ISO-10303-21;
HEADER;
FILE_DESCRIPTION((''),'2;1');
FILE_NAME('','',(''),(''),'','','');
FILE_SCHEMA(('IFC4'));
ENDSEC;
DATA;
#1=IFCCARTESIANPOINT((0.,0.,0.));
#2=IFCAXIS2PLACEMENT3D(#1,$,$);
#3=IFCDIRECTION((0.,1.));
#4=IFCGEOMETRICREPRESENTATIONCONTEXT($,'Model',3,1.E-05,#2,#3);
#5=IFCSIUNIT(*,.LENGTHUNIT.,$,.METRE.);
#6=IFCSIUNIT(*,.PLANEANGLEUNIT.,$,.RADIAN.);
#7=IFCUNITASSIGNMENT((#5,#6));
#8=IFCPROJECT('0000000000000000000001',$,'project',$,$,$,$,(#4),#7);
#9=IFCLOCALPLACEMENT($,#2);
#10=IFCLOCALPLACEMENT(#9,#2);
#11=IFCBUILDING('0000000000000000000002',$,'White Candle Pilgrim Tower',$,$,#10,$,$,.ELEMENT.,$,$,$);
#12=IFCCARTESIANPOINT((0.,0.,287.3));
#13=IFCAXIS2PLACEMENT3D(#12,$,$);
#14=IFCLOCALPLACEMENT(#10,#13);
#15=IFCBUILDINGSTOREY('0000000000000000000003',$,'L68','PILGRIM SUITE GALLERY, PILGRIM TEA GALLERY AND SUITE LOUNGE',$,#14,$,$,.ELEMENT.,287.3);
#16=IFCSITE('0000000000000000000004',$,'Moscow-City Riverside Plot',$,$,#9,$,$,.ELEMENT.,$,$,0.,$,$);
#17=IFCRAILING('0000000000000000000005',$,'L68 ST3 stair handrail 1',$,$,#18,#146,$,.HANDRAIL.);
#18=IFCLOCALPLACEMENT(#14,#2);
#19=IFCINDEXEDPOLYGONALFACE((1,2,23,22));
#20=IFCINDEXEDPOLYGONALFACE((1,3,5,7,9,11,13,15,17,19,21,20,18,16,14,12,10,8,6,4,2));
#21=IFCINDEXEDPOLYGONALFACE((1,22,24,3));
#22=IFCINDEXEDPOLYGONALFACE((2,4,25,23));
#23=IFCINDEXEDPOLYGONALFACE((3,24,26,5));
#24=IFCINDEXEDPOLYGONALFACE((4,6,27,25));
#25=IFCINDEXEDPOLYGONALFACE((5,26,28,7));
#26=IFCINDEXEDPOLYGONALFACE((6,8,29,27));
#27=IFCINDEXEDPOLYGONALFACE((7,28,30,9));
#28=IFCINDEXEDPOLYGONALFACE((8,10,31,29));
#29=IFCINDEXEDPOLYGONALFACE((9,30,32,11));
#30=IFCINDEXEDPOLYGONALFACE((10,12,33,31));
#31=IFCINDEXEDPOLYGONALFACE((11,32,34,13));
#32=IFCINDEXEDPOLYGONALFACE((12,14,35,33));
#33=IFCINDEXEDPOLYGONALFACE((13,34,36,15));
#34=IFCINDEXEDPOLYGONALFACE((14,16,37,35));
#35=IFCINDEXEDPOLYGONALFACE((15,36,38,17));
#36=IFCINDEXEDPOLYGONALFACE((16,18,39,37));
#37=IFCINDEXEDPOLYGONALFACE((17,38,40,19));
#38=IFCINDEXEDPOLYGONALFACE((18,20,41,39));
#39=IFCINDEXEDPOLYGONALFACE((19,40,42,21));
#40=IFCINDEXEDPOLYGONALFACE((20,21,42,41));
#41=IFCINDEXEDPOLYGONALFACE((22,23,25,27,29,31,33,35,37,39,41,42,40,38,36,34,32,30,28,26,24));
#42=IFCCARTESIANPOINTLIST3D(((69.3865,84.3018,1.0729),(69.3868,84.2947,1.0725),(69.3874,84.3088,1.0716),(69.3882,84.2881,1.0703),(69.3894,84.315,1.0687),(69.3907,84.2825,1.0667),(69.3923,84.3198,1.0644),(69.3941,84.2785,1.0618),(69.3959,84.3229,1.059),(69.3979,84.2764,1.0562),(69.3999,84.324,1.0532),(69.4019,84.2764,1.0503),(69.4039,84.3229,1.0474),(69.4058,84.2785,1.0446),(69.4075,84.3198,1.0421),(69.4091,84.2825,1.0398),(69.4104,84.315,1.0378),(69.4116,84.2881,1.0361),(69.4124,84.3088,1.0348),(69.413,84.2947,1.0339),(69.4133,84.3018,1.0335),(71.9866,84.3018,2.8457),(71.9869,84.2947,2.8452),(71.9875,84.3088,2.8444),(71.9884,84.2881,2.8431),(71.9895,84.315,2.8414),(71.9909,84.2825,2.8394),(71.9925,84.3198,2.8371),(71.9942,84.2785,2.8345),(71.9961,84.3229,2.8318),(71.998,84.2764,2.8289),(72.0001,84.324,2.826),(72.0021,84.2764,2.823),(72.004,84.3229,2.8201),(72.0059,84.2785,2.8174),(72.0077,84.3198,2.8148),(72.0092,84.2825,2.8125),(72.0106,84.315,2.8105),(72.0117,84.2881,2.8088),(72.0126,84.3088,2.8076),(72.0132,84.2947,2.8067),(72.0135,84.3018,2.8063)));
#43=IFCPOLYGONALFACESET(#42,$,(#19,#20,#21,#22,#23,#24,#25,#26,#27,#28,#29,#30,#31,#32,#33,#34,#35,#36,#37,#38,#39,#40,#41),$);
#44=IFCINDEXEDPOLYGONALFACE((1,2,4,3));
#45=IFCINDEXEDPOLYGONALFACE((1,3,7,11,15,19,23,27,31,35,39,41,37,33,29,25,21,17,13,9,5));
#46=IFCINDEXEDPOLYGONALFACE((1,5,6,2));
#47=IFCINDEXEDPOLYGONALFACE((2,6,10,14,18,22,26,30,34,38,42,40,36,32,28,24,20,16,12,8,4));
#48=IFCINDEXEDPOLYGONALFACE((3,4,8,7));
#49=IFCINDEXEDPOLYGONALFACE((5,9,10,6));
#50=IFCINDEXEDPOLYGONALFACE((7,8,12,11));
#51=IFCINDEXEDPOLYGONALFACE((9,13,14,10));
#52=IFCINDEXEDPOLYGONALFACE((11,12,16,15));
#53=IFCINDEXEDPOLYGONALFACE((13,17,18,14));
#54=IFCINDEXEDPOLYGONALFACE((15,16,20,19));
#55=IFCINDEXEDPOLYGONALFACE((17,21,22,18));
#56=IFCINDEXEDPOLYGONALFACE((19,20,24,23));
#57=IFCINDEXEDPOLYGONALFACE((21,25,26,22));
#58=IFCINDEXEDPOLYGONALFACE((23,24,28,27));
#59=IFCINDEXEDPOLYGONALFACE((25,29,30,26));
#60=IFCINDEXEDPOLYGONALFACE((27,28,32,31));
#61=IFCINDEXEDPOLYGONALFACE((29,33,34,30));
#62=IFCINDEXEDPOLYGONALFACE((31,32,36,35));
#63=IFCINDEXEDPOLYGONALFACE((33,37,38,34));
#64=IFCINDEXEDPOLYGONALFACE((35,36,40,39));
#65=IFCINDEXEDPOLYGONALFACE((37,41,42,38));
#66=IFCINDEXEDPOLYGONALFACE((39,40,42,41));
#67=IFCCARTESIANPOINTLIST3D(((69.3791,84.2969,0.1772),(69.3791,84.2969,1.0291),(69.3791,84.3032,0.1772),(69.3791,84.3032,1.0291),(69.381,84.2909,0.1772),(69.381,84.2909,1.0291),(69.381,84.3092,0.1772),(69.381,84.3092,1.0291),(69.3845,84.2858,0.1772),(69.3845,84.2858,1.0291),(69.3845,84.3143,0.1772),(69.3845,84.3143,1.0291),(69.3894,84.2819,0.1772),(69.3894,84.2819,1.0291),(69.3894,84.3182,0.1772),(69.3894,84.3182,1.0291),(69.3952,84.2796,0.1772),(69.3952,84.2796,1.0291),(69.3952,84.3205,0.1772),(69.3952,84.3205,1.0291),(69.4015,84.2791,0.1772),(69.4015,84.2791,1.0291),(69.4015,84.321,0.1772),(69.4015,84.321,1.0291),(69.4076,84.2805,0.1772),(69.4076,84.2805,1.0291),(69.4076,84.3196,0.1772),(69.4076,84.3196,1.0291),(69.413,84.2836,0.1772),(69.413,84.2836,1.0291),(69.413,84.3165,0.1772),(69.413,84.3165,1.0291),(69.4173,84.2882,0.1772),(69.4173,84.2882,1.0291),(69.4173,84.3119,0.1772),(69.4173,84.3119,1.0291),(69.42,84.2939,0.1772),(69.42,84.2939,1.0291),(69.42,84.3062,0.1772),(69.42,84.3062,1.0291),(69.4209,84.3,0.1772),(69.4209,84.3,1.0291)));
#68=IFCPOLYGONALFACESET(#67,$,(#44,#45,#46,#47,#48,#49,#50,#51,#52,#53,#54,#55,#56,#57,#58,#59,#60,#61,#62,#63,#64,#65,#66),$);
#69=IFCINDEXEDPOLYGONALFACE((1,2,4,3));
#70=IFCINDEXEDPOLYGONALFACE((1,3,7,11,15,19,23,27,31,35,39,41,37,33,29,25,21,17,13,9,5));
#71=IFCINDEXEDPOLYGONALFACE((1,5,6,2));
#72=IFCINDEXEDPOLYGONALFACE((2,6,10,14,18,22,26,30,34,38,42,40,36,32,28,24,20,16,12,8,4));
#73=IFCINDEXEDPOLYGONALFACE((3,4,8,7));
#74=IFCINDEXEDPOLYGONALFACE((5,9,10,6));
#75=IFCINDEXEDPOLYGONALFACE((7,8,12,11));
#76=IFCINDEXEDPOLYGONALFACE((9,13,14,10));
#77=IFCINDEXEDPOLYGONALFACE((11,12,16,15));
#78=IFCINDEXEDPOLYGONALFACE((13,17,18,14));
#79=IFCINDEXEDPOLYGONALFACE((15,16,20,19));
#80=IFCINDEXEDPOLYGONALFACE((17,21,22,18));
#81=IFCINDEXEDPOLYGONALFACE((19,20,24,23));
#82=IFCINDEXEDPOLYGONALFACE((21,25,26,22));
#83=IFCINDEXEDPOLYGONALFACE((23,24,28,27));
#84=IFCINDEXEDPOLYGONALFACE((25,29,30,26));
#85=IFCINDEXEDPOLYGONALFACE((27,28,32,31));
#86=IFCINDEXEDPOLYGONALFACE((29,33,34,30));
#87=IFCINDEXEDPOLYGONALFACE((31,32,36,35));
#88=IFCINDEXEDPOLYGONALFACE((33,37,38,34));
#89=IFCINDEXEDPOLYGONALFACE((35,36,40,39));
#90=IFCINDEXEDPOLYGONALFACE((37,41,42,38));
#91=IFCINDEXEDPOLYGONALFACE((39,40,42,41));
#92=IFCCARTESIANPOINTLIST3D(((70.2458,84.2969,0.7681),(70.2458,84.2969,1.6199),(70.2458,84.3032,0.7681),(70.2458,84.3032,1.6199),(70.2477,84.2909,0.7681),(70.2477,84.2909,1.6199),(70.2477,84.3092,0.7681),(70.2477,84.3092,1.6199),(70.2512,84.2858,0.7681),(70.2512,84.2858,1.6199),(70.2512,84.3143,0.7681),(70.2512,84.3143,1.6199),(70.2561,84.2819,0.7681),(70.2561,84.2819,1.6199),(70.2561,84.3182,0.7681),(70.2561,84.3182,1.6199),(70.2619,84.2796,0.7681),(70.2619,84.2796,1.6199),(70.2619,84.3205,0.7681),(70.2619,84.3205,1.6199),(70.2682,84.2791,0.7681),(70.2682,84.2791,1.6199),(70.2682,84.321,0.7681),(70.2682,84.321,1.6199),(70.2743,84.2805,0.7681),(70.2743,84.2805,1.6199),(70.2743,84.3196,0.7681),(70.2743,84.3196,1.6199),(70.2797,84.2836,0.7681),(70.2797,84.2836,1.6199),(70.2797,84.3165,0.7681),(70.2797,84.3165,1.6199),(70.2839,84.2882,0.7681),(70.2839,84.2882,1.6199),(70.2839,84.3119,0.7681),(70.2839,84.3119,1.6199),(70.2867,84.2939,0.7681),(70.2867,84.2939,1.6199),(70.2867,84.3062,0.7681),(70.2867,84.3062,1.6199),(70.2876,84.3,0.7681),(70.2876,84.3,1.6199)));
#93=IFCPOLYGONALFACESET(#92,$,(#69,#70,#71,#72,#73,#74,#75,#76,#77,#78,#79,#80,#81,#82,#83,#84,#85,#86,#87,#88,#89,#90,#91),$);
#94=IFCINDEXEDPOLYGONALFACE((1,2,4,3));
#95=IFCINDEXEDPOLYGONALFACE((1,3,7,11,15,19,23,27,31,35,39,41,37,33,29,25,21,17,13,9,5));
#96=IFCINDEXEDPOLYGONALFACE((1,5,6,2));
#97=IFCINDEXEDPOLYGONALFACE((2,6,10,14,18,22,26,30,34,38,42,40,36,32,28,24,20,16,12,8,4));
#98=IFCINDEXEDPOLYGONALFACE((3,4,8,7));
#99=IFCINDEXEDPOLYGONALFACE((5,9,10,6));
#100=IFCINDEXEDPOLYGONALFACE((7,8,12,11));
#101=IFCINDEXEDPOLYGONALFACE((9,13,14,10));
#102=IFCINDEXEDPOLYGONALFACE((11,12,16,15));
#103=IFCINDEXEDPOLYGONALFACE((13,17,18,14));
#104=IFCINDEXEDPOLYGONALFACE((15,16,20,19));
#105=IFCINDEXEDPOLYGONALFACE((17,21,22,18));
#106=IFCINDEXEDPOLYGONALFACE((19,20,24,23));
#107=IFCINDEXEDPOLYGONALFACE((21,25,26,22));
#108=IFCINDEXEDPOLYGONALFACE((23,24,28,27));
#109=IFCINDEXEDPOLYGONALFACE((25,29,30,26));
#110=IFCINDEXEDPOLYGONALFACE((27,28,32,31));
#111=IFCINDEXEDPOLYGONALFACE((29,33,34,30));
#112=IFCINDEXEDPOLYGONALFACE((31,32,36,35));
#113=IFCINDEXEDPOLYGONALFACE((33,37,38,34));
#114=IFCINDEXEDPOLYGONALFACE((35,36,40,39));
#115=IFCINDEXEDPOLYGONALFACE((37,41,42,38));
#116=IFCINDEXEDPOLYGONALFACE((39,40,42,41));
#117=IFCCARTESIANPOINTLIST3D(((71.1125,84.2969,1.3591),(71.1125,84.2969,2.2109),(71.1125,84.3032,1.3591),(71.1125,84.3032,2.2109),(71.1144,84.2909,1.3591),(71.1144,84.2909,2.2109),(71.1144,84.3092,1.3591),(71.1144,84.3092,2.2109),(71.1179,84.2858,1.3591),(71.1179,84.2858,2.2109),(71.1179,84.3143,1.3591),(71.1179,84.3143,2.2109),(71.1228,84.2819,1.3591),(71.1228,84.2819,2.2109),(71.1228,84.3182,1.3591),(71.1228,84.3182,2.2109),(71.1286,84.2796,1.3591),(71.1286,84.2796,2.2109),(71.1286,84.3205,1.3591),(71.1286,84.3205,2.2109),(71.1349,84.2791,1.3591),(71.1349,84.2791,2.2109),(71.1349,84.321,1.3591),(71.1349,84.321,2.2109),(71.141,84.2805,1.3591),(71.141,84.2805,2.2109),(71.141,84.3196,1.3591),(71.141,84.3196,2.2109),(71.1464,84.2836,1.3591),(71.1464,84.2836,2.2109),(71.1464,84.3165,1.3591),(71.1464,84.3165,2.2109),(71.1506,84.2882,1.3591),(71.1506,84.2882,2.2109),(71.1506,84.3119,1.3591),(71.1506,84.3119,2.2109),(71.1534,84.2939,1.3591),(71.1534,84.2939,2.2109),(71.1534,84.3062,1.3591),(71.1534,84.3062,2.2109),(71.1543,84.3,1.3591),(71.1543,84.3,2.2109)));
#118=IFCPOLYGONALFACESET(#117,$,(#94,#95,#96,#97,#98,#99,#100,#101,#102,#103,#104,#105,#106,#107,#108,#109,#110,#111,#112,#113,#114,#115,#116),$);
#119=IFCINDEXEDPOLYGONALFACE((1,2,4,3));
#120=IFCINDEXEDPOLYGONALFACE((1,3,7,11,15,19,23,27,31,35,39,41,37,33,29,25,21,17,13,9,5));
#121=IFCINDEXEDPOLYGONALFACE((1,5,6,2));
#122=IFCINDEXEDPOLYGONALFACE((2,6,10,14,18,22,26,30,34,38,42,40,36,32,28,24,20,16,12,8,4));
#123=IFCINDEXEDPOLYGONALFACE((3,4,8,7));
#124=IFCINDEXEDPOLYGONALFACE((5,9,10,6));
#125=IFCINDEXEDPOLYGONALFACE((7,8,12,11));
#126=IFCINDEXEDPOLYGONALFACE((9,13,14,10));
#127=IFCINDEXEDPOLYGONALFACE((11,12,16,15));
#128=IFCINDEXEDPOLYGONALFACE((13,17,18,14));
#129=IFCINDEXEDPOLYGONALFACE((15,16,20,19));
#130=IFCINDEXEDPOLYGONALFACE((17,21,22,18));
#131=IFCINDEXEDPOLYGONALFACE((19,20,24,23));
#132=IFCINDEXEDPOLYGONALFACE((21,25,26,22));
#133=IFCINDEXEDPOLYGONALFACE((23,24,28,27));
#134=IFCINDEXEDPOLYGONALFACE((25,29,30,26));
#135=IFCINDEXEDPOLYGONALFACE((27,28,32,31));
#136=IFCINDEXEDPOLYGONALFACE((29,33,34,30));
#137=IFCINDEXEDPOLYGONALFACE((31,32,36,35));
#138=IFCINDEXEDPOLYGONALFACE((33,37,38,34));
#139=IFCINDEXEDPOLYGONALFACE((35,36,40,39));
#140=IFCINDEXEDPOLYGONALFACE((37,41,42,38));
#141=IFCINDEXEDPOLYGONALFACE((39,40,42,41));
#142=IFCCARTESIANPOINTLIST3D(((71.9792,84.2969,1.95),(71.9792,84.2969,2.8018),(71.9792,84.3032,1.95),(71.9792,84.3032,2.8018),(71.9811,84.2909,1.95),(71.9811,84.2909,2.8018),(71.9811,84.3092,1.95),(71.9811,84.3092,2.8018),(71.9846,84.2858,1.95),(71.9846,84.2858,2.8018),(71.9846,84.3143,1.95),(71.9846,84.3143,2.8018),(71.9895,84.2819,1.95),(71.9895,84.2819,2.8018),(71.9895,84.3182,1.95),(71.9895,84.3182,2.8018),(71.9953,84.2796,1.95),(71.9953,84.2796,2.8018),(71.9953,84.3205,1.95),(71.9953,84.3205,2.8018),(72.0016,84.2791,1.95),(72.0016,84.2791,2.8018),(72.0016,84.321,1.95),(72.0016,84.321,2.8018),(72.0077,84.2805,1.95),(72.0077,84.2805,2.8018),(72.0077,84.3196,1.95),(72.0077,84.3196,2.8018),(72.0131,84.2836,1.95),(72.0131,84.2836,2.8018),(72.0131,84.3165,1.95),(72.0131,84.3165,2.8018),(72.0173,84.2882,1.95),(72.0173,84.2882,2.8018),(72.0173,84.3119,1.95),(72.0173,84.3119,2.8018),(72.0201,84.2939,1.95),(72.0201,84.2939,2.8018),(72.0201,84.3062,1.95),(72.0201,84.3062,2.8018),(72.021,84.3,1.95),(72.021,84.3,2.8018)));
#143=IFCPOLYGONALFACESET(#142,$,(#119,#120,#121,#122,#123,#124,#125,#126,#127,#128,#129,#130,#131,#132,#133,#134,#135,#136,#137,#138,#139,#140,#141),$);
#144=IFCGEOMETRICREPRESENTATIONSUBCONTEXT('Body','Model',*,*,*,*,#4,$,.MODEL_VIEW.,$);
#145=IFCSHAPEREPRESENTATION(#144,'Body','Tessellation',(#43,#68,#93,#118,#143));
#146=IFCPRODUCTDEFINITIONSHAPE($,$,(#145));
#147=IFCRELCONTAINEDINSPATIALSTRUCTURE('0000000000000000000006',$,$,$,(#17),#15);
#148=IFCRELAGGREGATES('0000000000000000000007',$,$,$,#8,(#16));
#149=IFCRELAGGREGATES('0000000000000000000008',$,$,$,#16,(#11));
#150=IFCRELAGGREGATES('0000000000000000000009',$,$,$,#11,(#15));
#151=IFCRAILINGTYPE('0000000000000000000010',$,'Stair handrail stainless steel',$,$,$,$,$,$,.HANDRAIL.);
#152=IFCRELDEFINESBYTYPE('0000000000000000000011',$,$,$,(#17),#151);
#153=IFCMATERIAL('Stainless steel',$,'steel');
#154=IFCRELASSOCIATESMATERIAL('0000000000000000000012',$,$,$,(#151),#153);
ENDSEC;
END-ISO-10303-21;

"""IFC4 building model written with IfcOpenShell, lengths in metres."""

from ifc_helpers import new_model, si_unit, direction, frame, origin, origin_2d, place, context, subcontext, project, spatial, circle, extrude, material, type_object, element, save


model = new_model("IFC4")

# Units and contexts
model_context = context("Model", 3, precision=1e-05, world=origin(), true_north=direction((0.0, 1.0)))
body_context = subcontext(model_context, "Body", "Model", "MODEL_VIEW")
ifc_project = project(units=[si_unit("LENGTHUNIT", "METRE"), si_unit("PLANEANGLEUNIT", "RADIAN")], contexts=[model_context])

# Site, building, storey
site_placement = place(None, origin())
site = spatial("IfcSite", under=ifc_project, at=site_placement, Name="Moscow-City Riverside Plot", CompositionType="ELEMENT", RefElevation=0.0)
building_placement = place(site_placement, origin())
building = spatial("IfcBuilding", under=site, at=building_placement, Name="White Candle Pilgrim Tower", CompositionType="ELEMENT")
storey_placement = place(building_placement, frame((0.0, 0.0, 287.3)))
storey = spatial("IfcBuildingStorey", under=building, at=storey_placement, Name="L68", Description="PILGRIM SUITE GALLERY, PILGRIM TEA GALLERY AND SUITE LOUNGE", CompositionType="ELEMENT", Elevation=287.3)

# Railing
ifc_material_1 = material(Name="Stainless steel", Category="steel")
railing_type_1 = type_object("IfcRailingType", Name="Stair handrail stainless steel", PredefinedType="HANDRAIL", material=ifc_material_1)
railing_1_placement = place(storey_placement, frame((69.3999, 84.3, 0.1772)))
element("IfcRailing", 1, at=railing_1_placement, inside=storey, type_object=railing_type_1, Name="L68 ST3 stair handrail 1", PredefinedType="HANDRAIL", context=body_context, shape_type="SweptSolid", body=[
    extrude(circle(Radius=0.0239, at=origin_2d()), frame((0.0, 0.0, 0.876), z_axis=(0.82624, 0.0, 0.563318), x_axis=(0.0, 1.0, 0.0)), (0.0, 0.0, 1.0), 3.147),
    extrude(circle(Radius=0.021, at=origin_2d()), origin(), (0.0, 0.0, 1.0), 0.8518),
    extrude(circle(Radius=0.021, at=origin_2d()), frame((0.8667, 0.0, 0.5908)), (0.0, 0.0, 1.0), 0.8518),
    extrude(circle(Radius=0.021, at=origin_2d()), frame((1.7334, 0.0, 1.1819)), (0.0, 0.0, 1.0), 0.8518),
    extrude(circle(Radius=0.021, at=origin_2d()), frame((2.6001, 0.0, 1.7727)), (0.0, 0.0, 1.0), 0.8518),
])

save(model, "model.ifc")
